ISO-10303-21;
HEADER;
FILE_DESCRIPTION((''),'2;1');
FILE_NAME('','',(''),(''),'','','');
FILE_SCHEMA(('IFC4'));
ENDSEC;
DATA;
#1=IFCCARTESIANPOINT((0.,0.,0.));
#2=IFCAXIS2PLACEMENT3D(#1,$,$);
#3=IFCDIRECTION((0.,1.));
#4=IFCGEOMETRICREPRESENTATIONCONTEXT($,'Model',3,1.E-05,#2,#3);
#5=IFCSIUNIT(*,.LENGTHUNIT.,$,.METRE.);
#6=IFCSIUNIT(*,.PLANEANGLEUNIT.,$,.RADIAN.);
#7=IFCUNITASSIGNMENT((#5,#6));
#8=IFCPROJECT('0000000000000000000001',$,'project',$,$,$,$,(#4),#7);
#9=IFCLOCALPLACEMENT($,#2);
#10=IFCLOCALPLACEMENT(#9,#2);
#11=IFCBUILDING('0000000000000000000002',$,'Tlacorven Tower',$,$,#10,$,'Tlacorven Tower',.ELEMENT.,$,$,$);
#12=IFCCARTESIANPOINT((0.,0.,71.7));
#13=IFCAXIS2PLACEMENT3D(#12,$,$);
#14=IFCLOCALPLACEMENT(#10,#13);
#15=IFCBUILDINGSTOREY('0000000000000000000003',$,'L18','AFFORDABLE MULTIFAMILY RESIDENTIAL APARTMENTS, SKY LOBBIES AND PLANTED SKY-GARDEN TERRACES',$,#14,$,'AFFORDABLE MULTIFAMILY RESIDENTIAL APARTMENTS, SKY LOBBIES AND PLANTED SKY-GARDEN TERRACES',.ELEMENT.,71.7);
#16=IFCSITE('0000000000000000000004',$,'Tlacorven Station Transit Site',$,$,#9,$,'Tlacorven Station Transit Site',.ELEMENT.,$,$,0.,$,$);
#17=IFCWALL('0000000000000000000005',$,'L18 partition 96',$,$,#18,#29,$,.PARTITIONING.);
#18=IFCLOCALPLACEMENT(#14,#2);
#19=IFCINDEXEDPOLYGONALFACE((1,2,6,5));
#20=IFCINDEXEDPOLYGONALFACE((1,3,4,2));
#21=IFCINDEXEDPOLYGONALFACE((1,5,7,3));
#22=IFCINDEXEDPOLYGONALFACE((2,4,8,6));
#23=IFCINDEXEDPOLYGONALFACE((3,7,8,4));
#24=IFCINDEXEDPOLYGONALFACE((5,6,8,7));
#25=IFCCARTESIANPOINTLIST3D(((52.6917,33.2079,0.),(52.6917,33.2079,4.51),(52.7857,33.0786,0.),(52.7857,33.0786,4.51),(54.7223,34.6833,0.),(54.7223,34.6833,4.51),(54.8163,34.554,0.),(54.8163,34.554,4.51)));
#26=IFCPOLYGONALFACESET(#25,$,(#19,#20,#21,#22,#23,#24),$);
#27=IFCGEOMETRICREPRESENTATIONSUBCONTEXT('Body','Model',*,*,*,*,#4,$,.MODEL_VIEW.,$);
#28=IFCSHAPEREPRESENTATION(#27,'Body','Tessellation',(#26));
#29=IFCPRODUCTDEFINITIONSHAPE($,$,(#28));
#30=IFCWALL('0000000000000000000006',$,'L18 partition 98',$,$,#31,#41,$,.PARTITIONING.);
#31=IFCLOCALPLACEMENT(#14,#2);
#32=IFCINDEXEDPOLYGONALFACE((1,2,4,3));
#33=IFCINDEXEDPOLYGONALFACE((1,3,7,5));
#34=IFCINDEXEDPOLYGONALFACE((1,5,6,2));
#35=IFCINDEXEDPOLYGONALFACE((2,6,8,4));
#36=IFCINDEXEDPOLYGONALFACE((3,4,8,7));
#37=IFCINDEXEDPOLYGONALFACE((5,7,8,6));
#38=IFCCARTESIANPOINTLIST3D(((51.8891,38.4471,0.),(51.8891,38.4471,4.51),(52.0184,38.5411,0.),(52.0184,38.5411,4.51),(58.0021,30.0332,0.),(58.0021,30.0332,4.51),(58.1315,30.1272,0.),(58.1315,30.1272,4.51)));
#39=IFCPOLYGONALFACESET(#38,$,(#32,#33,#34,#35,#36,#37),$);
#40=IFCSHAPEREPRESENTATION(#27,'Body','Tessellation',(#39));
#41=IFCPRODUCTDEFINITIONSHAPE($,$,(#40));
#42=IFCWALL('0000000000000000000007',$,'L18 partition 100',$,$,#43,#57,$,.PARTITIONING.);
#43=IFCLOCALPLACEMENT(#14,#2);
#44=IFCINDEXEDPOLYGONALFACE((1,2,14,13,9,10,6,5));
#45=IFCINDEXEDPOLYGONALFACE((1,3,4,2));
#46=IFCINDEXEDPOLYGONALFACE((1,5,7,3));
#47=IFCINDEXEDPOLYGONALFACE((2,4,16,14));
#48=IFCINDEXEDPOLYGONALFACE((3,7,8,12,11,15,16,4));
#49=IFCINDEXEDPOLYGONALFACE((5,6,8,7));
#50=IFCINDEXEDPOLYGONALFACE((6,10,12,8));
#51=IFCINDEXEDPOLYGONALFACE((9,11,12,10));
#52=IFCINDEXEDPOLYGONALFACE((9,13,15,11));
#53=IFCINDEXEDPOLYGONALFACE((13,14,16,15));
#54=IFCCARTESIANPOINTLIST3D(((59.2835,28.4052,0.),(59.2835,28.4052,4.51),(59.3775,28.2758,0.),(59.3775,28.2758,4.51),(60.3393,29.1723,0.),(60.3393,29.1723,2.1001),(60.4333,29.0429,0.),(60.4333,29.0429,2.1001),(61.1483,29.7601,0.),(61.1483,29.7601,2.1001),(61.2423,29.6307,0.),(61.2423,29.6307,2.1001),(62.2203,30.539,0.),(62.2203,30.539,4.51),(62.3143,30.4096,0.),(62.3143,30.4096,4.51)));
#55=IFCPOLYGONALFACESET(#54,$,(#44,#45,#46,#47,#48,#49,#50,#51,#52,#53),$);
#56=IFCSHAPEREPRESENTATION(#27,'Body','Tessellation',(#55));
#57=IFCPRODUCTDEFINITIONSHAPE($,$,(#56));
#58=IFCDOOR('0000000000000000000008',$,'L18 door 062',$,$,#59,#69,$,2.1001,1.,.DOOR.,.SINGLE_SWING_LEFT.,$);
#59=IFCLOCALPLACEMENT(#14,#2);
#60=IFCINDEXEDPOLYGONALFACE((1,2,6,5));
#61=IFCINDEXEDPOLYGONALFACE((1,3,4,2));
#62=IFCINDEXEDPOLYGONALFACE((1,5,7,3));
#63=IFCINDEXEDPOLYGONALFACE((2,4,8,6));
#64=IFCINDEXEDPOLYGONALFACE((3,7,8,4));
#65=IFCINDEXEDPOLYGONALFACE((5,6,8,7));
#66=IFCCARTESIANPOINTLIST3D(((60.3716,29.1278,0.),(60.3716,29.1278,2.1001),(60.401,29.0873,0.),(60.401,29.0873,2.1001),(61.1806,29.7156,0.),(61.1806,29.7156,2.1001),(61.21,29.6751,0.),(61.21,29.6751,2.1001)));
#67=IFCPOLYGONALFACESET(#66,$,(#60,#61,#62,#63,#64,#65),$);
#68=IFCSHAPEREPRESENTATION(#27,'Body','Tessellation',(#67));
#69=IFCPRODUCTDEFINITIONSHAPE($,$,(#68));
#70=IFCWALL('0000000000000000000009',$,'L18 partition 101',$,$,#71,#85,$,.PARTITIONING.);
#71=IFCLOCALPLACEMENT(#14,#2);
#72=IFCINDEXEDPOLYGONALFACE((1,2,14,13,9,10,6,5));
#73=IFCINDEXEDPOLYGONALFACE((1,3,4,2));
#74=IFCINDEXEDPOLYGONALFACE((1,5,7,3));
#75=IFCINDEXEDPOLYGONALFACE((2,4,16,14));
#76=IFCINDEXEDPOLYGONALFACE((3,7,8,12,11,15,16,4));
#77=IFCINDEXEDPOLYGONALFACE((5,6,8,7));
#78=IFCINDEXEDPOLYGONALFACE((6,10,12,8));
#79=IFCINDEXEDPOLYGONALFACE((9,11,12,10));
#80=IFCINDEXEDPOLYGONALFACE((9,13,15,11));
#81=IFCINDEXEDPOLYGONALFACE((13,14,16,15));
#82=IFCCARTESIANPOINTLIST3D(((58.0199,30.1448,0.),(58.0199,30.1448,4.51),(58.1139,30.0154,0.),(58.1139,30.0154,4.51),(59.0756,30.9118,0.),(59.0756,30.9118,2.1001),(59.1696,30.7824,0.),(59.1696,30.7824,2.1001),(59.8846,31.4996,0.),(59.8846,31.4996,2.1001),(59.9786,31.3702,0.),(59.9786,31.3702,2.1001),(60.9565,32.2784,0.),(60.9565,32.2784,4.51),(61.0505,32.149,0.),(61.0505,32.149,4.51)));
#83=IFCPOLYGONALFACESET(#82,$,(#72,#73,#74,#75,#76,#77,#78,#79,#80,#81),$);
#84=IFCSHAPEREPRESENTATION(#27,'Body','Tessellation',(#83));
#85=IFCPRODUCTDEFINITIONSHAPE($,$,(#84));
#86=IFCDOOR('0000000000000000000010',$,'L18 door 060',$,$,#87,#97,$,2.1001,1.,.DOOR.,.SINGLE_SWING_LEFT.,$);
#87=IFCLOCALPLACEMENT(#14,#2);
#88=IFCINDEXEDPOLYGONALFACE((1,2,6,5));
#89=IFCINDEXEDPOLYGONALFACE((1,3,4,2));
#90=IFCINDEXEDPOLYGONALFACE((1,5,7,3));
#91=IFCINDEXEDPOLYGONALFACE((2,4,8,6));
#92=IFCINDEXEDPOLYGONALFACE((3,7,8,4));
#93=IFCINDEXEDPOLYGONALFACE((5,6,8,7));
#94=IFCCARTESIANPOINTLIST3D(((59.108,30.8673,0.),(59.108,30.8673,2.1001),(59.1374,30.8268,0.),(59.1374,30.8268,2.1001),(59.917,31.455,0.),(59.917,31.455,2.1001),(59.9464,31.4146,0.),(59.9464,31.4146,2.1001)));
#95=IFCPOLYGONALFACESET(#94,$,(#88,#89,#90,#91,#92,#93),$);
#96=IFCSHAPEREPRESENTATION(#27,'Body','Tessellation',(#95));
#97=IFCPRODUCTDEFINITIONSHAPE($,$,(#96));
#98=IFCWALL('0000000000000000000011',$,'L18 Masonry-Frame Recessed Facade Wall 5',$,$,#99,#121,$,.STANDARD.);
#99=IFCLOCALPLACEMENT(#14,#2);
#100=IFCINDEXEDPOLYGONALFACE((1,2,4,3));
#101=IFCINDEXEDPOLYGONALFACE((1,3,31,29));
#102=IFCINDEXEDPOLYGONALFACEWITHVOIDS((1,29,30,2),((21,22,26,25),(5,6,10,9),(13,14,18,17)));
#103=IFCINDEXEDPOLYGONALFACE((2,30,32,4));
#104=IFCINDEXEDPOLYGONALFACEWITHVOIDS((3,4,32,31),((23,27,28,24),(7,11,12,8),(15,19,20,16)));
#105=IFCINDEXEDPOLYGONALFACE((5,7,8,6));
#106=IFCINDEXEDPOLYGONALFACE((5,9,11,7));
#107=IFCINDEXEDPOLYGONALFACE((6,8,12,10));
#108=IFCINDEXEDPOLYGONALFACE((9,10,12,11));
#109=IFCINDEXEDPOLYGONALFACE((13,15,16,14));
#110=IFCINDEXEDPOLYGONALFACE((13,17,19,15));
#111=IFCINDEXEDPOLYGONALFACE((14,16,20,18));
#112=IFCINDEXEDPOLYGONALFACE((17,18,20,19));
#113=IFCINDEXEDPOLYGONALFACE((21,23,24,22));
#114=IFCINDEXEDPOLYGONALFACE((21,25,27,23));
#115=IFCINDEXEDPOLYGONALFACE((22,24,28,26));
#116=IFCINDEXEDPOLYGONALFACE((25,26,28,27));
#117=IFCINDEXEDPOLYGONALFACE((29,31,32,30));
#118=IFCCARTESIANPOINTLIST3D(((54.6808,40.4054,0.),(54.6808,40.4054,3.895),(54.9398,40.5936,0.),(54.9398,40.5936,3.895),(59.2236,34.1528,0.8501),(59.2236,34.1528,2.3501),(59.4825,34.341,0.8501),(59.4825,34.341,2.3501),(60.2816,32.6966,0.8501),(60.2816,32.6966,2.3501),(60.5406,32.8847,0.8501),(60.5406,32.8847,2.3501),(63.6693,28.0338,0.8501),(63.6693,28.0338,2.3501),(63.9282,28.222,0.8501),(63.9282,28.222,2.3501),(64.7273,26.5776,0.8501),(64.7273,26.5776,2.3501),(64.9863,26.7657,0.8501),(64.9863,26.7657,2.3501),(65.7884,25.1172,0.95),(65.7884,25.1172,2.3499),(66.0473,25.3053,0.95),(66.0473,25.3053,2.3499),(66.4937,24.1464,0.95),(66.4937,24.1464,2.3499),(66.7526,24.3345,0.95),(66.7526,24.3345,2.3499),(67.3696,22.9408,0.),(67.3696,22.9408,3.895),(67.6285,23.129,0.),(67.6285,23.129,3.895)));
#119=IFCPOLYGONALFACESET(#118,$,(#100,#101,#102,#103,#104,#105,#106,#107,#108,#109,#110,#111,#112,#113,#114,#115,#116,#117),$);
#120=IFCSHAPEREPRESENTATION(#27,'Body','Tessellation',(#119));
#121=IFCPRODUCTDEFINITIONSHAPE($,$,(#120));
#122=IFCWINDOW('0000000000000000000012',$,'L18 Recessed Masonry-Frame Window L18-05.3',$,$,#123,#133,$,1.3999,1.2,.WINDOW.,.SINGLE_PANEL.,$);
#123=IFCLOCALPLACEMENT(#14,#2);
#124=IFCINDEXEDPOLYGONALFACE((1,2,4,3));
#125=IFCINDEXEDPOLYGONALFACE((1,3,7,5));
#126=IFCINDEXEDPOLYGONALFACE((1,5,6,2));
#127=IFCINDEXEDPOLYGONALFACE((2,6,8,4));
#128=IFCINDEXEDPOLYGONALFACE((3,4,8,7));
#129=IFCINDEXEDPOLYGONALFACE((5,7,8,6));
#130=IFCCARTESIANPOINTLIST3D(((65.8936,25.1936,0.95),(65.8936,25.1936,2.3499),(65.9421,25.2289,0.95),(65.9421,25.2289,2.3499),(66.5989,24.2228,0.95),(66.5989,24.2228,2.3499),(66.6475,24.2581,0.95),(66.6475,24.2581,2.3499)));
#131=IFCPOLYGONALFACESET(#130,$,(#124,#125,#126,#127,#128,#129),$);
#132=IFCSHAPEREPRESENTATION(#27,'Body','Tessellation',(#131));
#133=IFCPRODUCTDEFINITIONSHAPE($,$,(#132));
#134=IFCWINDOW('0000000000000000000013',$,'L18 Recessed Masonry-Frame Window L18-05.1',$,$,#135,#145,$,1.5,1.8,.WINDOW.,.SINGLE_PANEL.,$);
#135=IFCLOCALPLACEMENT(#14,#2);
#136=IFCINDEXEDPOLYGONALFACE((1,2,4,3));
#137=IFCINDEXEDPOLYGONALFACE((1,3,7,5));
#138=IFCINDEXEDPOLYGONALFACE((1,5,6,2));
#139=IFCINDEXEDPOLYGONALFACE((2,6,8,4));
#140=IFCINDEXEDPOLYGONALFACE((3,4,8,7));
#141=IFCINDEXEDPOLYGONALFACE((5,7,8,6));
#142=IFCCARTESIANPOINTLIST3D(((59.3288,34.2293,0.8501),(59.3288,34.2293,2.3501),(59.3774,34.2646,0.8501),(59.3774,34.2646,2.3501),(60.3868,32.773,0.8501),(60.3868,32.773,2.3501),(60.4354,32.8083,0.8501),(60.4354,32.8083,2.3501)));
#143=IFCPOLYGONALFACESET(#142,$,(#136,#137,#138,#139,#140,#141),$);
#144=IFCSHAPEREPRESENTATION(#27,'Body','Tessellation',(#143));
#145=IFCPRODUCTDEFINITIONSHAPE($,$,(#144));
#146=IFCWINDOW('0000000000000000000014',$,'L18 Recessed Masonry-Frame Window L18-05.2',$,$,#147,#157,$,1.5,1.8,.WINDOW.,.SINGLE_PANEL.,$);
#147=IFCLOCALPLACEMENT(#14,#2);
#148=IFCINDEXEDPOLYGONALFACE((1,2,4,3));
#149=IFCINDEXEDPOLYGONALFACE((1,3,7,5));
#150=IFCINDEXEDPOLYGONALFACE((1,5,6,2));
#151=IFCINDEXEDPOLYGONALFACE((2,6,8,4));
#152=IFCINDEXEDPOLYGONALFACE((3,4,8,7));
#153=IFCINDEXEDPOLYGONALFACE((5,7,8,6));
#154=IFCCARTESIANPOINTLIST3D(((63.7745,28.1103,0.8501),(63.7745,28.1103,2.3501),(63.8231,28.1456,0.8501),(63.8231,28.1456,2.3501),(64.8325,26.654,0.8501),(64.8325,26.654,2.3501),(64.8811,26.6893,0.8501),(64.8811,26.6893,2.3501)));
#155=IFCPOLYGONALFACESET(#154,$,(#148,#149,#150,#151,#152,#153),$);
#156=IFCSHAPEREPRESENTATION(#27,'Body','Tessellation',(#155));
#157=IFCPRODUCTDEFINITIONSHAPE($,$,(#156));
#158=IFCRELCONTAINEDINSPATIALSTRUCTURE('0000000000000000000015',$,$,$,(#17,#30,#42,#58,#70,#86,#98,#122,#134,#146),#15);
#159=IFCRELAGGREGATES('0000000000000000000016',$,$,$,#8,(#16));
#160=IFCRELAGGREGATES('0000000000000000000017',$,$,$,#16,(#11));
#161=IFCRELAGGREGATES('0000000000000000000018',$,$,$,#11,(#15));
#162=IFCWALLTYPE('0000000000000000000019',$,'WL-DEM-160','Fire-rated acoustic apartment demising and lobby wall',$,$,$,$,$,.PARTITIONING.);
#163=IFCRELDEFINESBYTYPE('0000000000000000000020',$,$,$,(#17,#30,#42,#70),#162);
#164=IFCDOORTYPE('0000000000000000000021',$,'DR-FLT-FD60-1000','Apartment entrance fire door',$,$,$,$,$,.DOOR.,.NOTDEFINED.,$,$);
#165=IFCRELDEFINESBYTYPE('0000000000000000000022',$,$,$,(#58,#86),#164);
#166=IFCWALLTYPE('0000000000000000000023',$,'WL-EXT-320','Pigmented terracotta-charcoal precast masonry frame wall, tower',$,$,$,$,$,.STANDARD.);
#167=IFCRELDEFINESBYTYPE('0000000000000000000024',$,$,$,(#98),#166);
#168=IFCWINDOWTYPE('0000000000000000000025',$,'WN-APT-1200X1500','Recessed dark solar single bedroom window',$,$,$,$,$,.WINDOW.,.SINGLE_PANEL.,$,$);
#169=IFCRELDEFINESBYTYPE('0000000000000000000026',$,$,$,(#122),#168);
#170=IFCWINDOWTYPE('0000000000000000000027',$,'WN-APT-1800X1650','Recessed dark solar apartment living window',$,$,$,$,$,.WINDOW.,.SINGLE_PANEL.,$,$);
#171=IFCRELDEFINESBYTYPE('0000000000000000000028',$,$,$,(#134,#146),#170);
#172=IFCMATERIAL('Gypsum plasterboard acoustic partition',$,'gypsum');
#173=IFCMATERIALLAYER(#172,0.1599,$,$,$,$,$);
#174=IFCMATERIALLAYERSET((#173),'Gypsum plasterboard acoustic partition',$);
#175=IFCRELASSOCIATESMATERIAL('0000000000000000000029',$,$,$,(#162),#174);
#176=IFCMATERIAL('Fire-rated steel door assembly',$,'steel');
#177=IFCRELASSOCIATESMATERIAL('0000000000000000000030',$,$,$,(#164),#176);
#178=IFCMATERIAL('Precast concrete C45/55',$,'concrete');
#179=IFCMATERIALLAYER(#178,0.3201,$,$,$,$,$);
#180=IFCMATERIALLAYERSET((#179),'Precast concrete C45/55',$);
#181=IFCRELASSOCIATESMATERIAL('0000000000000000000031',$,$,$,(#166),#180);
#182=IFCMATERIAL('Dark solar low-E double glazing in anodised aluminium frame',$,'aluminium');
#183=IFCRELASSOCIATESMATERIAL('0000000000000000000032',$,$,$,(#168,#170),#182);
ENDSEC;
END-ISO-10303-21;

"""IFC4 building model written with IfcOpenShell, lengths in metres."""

from ifc_helpers import new_model, si_unit, direction, frame, frame_2d, origin, place, context, subcontext, project, spatial, rectangle, extrude, source, transform, mapped, material, layer, layer_set, type_object, element, fill, save


model = new_model("IFC4")

# Units and contexts
model_context = context("Model", 3, precision=1e-05, world=origin(), true_north=direction((0.0, 1.0)))
body_context = subcontext(model_context, "Body", "Model", "MODEL_VIEW")
ifc_project = project(units=[si_unit("LENGTHUNIT", "METRE"), si_unit("PLANEANGLEUNIT", "RADIAN")], contexts=[model_context])

# Site, building, storey
site_placement = place(None, origin())
site = spatial("IfcSite", under=ifc_project, at=site_placement, Name="Tlacorven Station Transit Site", LongName="Tlacorven Station Transit Site", CompositionType="ELEMENT", RefElevation=0.0)
building_placement = place(site_placement, origin())
building = spatial("IfcBuilding", under=site, at=building_placement, Name="Tlacorven Tower", LongName="Tlacorven Tower", CompositionType="ELEMENT")
storey_placement = place(building_placement, frame((0.0, 0.0, 71.7)))
storey = spatial("IfcBuildingStorey", under=building, at=storey_placement, Name="L18", Description="AFFORDABLE MULTIFAMILY RESIDENTIAL APARTMENTS, SKY LOBBIES AND PLANTED SKY-GARDEN TERRACES", LongName="AFFORDABLE MULTIFAMILY RESIDENTIAL APARTMENTS, SKY LOBBIES AND PLANTED SKY-GARDEN TERRACES", CompositionType="ELEMENT", Elevation=71.7)

# Walls
ifc_material_1 = material(Name="Gypsum plasterboard acoustic partition", Category="gypsum")
ifc_layer_1 = layer(ifc_material_1, 0.1599)
ifc_layer_set_1 = layer_set([ifc_layer_1], Name="Gypsum plasterboard acoustic partition")
wall_type_1 = type_object("IfcWallType", Name="WL-DEM-160", Description="Fire-rated acoustic apartment demising and lobby wall", PredefinedType="PARTITIONING", material=ifc_layer_set_1)
wall_1_placement = place(storey_placement, frame((52.7388, 33.1433, 0.0), z_axis=(0.0, 0.0, 1.0), x_axis=(0.809001, 0.587807, 0.0)))
element("IfcWall", 1, at=wall_1_placement, inside=storey, type_object=wall_type_1, Name="L18 partition 96", PredefinedType="PARTITIONING", context=body_context, shape_type="SweptSolid", body=[
    extrude(rectangle(XDim=2.51, YDim=0.1599, at=frame_2d((1.2549, 0.0))), origin(), (0.0, 0.0, 1.0), 4.51),
])
wall_2_placement = place(storey_placement, frame((58.0669, 30.0801, 0.0), z_axis=(0.0, 0.0, 1.0), x_axis=(-0.587788, 0.809015, 0.0)))
element("IfcWall", 2, at=wall_2_placement, inside=storey, type_object=wall_type_1, Name="L18 partition 98", PredefinedType="PARTITIONING", context=body_context, shape_type="SweptSolid", body=[
    extrude(rectangle(XDim=10.4001, YDim=0.1599, at=frame_2d((5.2002, 0.0))), origin(), (0.0, 0.0, 1.0), 4.51),
])

# Walls, openings, doors
wall_3_placement = place(storey_placement, frame((59.3306, 28.3406, 0.0), z_axis=(0.0, 0.0, 1.0), x_axis=(0.809004, 0.587804, 0.0)))
wall_3 = element("IfcWall", 3, at=wall_3_placement, inside=storey, type_object=wall_type_1, Name="L18 partition 100", PredefinedType="PARTITIONING", context=body_context, shape_type="SweptSolid", body=[
    extrude(rectangle(XDim=3.6301, YDim=0.1599, at=frame_2d((1.8149, 0.0))), origin(), (0.0, 0.0, 1.0), 4.51),
])
opening_1_placement = place(wall_3_placement, frame((1.3049, 0.0, 0.0)))
opening_1 = element("IfcOpeningElement", 4, at=opening_1_placement, cuts=wall_3, PredefinedType="OPENING", context=body_context, shape_type="SweptSolid", body=[
    extrude(rectangle(XDim=1.0, YDim=2.1001, at=frame_2d((0.5, 1.05))), frame((0.0, 0.0898, 0.0), z_axis=(0.0, -1.0, 0.0), x_axis=(1.0, 0.0, 0.0)), (0.0, 0.0, 1.0), 0.1799),
])
ifc_material_2 = material(Name="Fire-rated steel door assembly", Category="steel")
door_type_1 = type_object("IfcDoorType", Name="DR-FLT-FD60-1000", Description="Apartment entrance fire door", OperationType="NOTDEFINED", PredefinedType="DOOR", material=ifc_material_2)
shared_shape_1 = source(origin(), body_context, "Body", "SweptSolid", [
    extrude(rectangle(XDim=1.0, YDim=2.1001, at=frame_2d((0.5, 1.05))), frame((0.0, 0.0249, 0.0), z_axis=(0.0, -1.0, 0.0), x_axis=(1.0, 0.0, 0.0)), (0.0, 0.0, 1.0), 0.05),
])
door_1_placement = place(opening_1_placement, origin())
door_1 = element("IfcDoor", 5, at=door_1_placement, inside=storey, type_object=door_type_1, Name="L18 door 062", OperationType="SINGLE_SWING_LEFT", OverallHeight=2.1001, OverallWidth=1.0, PredefinedType="DOOR", context=body_context, shape_type="MappedRepresentation", body=[
    mapped(shared_shape_1, transform((0.0, 0.0, 0.0), scale=1.0)),
])
fill(opening_1, door_1)
wall_4_placement = place(storey_placement, frame((58.0669, 30.0801, 0.0), z_axis=(0.0, 0.0, 1.0), x_axis=(0.809012, 0.587792, 0.0)))
wall_4 = element("IfcWall", 6, at=wall_4_placement, inside=storey, type_object=wall_type_1, Name="L18 partition 101", PredefinedType="PARTITIONING", context=body_context, shape_type="SweptSolid", body=[
    extrude(rectangle(XDim=3.6299, YDim=0.1599, at=frame_2d((1.8149, 0.0))), origin(), (0.0, 0.0, 1.0), 4.51),
])
opening_2_placement = place(wall_4_placement, frame((1.3049, 0.0, 0.0)))
opening_2 = element("IfcOpeningElement", 7, at=opening_2_placement, cuts=wall_4, PredefinedType="OPENING", context=body_context, shape_type="SweptSolid", body=[
    extrude(rectangle(XDim=1.0, YDim=2.1001, at=frame_2d((0.5, 1.05))), frame((0.0, 0.0898, 0.0), z_axis=(0.0, -1.0, 0.0), x_axis=(1.0, 0.0, 0.0)), (0.0, 0.0, 1.0), 0.1799),
])
door_2_placement = place(opening_2_placement, origin())
door_2 = element("IfcDoor", 8, at=door_2_placement, inside=storey, type_object=door_type_1, Name="L18 door 060", OperationType="SINGLE_SWING_LEFT", OverallHeight=2.1001, OverallWidth=1.0, PredefinedType="DOOR", context=body_context, shape_type="MappedRepresentation", body=[
    mapped(shared_shape_1, transform((0.0, 0.0, 0.0), scale=1.0)),
])
fill(opening_2, door_2)

# Wall, openings, windows
ifc_material_3 = material(Name="Precast concrete C45/55", Category="concrete")
ifc_layer_2 = layer(ifc_material_3, 0.3201)
ifc_layer_set_2 = layer_set([ifc_layer_2], Name="Precast concrete C45/55")
wall_type_2 = type_object("IfcWallType", Name="WL-EXT-320", Description="Pigmented terracotta-charcoal precast masonry frame wall, tower", PredefinedType="STANDARD", material=ifc_layer_set_2)
wall_5_placement = place(storey_placement, frame((54.8103, 40.4995, 0.0), z_axis=(0.0, 0.0, 1.0), x_axis=(0.587784, -0.809018, 0.0)))
wall_5 = element("IfcWall", 9, at=wall_5_placement, inside=storey, type_object=wall_type_2, Name="L18 Masonry-Frame Recessed Facade Wall 5", PredefinedType="STANDARD", context=body_context, shape_type="SweptSolid", body=[
    extrude(rectangle(XDim=21.5874, YDim=0.3201, at=frame_2d((10.7937, 0.0))), origin(), (0.0, 0.0, 1.0), 3.895),
])
opening_3_placement = place(wall_5_placement, frame((7.7288, 0.0, 0.8501)))
opening_3 = element("IfcOpeningElement", 10, at=opening_3_placement, cuts=wall_5, PredefinedType="OPENING", context=body_context, shape_type="SweptSolid", body=[
    extrude(rectangle(XDim=1.8, YDim=1.5, at=frame_2d((0.8999, 0.75))), frame((0.0, 0.1699, 0.0), z_axis=(0.0, -1.0, 0.0), x_axis=(1.0, 0.0, 0.0)), (0.0, 0.0, 1.0), 0.3401),
])
opening_4_placement = place(wall_5_placement, frame((15.2922, 0.0, 0.8501)))
opening_4 = element("IfcOpeningElement", 11, at=opening_4_placement, cuts=wall_5, PredefinedType="OPENING", context=body_context, shape_type="SweptSolid", body=[
    extrude(rectangle(XDim=1.8, YDim=1.5, at=frame_2d((0.8999, 0.75))), frame((0.0, 0.1699, 0.0), z_axis=(0.0, -1.0, 0.0), x_axis=(1.0, 0.0, 0.0)), (0.0, 0.0, 1.0), 0.3401),
])
opening_5_placement = place(wall_5_placement, frame((18.8972, 0.0, 0.95)))
opening_5 = element("IfcOpeningElement", 12, at=opening_5_placement, cuts=wall_5, PredefinedType="OPENING", context=body_context, shape_type="SweptSolid", body=[
    extrude(rectangle(XDim=1.2, YDim=1.3999, at=frame_2d((0.6001, 0.7))), frame((0.0, 0.1699, 0.0), z_axis=(0.0, -1.0, 0.0), x_axis=(1.0, 0.0, 0.0)), (0.0, 0.0, 1.0), 0.3401),
])
ifc_material_4 = material(Name="Dark solar low-E double glazing in anodised aluminium frame", Category="aluminium")
window_type_1 = type_object("IfcWindowType", Name="WN-APT-1200X1500", Description="Recessed dark solar single bedroom window", PartitioningType="SINGLE_PANEL", PredefinedType="WINDOW", material=ifc_material_4)
shared_shape_2 = source(origin(), body_context, "Body", "SweptSolid", [
    extrude(rectangle(XDim=1.2, YDim=1.3999, at=frame_2d((0.6001, 0.7))), frame((0.0, 0.03, 0.0), z_axis=(0.0, -1.0, 0.0), x_axis=(1.0, 0.0, 0.0)), (0.0, 0.0, 1.0), 0.0601),
])
window_1_placement = place(opening_5_placement, origin())
window_1 = element("IfcWindow", 13, at=window_1_placement, inside=storey, type_object=window_type_1, Name="L18 Recessed Masonry-Frame Window L18-05.3", OverallHeight=1.3999, OverallWidth=1.2, PartitioningType="SINGLE_PANEL", PredefinedType="WINDOW", context=body_context, shape_type="MappedRepresentation", body=[
    mapped(shared_shape_2, transform((0.0, 0.0, 0.0), scale=1.0)),
])
fill(opening_5, window_1)
window_type_2 = type_object("IfcWindowType", Name="WN-APT-1800X1650", Description="Recessed dark solar apartment living window", PartitioningType="SINGLE_PANEL", PredefinedType="WINDOW", material=ifc_material_4)
shared_shape_3 = source(origin(), body_context, "Body", "SweptSolid", [
    extrude(rectangle(XDim=1.8, YDim=1.5, at=frame_2d((0.8999, 0.75))), frame((0.0, 0.03, 0.0), z_axis=(0.0, -1.0, 0.0), x_axis=(1.0, 0.0, 0.0)), (0.0, 0.0, 1.0), 0.0601),
])
window_2_placement = place(opening_3_placement, origin())
window_2 = element("IfcWindow", 14, at=window_2_placement, inside=storey, type_object=window_type_2, Name="L18 Recessed Masonry-Frame Window L18-05.1", OverallHeight=1.5, OverallWidth=1.8, PartitioningType="SINGLE_PANEL", PredefinedType="WINDOW", context=body_context, shape_type="MappedRepresentation", body=[
    mapped(shared_shape_3, transform((0.0, 0.0, 0.0), scale=1.0)),
])
fill(opening_3, window_2)
window_3_placement = place(opening_4_placement, origin())
window_3 = element("IfcWindow", 15, at=window_3_placement, inside=storey, type_object=window_type_2, Name="L18 Recessed Masonry-Frame Window L18-05.2", OverallHeight=1.5, OverallWidth=1.8, PartitioningType="SINGLE_PANEL", PredefinedType="WINDOW", context=body_context, shape_type="MappedRepresentation", body=[
    mapped(shared_shape_3, transform((0.0, 0.0, 0.0), scale=1.0)),
])
fill(opening_4, window_3)

save(model, "model.ifc")
